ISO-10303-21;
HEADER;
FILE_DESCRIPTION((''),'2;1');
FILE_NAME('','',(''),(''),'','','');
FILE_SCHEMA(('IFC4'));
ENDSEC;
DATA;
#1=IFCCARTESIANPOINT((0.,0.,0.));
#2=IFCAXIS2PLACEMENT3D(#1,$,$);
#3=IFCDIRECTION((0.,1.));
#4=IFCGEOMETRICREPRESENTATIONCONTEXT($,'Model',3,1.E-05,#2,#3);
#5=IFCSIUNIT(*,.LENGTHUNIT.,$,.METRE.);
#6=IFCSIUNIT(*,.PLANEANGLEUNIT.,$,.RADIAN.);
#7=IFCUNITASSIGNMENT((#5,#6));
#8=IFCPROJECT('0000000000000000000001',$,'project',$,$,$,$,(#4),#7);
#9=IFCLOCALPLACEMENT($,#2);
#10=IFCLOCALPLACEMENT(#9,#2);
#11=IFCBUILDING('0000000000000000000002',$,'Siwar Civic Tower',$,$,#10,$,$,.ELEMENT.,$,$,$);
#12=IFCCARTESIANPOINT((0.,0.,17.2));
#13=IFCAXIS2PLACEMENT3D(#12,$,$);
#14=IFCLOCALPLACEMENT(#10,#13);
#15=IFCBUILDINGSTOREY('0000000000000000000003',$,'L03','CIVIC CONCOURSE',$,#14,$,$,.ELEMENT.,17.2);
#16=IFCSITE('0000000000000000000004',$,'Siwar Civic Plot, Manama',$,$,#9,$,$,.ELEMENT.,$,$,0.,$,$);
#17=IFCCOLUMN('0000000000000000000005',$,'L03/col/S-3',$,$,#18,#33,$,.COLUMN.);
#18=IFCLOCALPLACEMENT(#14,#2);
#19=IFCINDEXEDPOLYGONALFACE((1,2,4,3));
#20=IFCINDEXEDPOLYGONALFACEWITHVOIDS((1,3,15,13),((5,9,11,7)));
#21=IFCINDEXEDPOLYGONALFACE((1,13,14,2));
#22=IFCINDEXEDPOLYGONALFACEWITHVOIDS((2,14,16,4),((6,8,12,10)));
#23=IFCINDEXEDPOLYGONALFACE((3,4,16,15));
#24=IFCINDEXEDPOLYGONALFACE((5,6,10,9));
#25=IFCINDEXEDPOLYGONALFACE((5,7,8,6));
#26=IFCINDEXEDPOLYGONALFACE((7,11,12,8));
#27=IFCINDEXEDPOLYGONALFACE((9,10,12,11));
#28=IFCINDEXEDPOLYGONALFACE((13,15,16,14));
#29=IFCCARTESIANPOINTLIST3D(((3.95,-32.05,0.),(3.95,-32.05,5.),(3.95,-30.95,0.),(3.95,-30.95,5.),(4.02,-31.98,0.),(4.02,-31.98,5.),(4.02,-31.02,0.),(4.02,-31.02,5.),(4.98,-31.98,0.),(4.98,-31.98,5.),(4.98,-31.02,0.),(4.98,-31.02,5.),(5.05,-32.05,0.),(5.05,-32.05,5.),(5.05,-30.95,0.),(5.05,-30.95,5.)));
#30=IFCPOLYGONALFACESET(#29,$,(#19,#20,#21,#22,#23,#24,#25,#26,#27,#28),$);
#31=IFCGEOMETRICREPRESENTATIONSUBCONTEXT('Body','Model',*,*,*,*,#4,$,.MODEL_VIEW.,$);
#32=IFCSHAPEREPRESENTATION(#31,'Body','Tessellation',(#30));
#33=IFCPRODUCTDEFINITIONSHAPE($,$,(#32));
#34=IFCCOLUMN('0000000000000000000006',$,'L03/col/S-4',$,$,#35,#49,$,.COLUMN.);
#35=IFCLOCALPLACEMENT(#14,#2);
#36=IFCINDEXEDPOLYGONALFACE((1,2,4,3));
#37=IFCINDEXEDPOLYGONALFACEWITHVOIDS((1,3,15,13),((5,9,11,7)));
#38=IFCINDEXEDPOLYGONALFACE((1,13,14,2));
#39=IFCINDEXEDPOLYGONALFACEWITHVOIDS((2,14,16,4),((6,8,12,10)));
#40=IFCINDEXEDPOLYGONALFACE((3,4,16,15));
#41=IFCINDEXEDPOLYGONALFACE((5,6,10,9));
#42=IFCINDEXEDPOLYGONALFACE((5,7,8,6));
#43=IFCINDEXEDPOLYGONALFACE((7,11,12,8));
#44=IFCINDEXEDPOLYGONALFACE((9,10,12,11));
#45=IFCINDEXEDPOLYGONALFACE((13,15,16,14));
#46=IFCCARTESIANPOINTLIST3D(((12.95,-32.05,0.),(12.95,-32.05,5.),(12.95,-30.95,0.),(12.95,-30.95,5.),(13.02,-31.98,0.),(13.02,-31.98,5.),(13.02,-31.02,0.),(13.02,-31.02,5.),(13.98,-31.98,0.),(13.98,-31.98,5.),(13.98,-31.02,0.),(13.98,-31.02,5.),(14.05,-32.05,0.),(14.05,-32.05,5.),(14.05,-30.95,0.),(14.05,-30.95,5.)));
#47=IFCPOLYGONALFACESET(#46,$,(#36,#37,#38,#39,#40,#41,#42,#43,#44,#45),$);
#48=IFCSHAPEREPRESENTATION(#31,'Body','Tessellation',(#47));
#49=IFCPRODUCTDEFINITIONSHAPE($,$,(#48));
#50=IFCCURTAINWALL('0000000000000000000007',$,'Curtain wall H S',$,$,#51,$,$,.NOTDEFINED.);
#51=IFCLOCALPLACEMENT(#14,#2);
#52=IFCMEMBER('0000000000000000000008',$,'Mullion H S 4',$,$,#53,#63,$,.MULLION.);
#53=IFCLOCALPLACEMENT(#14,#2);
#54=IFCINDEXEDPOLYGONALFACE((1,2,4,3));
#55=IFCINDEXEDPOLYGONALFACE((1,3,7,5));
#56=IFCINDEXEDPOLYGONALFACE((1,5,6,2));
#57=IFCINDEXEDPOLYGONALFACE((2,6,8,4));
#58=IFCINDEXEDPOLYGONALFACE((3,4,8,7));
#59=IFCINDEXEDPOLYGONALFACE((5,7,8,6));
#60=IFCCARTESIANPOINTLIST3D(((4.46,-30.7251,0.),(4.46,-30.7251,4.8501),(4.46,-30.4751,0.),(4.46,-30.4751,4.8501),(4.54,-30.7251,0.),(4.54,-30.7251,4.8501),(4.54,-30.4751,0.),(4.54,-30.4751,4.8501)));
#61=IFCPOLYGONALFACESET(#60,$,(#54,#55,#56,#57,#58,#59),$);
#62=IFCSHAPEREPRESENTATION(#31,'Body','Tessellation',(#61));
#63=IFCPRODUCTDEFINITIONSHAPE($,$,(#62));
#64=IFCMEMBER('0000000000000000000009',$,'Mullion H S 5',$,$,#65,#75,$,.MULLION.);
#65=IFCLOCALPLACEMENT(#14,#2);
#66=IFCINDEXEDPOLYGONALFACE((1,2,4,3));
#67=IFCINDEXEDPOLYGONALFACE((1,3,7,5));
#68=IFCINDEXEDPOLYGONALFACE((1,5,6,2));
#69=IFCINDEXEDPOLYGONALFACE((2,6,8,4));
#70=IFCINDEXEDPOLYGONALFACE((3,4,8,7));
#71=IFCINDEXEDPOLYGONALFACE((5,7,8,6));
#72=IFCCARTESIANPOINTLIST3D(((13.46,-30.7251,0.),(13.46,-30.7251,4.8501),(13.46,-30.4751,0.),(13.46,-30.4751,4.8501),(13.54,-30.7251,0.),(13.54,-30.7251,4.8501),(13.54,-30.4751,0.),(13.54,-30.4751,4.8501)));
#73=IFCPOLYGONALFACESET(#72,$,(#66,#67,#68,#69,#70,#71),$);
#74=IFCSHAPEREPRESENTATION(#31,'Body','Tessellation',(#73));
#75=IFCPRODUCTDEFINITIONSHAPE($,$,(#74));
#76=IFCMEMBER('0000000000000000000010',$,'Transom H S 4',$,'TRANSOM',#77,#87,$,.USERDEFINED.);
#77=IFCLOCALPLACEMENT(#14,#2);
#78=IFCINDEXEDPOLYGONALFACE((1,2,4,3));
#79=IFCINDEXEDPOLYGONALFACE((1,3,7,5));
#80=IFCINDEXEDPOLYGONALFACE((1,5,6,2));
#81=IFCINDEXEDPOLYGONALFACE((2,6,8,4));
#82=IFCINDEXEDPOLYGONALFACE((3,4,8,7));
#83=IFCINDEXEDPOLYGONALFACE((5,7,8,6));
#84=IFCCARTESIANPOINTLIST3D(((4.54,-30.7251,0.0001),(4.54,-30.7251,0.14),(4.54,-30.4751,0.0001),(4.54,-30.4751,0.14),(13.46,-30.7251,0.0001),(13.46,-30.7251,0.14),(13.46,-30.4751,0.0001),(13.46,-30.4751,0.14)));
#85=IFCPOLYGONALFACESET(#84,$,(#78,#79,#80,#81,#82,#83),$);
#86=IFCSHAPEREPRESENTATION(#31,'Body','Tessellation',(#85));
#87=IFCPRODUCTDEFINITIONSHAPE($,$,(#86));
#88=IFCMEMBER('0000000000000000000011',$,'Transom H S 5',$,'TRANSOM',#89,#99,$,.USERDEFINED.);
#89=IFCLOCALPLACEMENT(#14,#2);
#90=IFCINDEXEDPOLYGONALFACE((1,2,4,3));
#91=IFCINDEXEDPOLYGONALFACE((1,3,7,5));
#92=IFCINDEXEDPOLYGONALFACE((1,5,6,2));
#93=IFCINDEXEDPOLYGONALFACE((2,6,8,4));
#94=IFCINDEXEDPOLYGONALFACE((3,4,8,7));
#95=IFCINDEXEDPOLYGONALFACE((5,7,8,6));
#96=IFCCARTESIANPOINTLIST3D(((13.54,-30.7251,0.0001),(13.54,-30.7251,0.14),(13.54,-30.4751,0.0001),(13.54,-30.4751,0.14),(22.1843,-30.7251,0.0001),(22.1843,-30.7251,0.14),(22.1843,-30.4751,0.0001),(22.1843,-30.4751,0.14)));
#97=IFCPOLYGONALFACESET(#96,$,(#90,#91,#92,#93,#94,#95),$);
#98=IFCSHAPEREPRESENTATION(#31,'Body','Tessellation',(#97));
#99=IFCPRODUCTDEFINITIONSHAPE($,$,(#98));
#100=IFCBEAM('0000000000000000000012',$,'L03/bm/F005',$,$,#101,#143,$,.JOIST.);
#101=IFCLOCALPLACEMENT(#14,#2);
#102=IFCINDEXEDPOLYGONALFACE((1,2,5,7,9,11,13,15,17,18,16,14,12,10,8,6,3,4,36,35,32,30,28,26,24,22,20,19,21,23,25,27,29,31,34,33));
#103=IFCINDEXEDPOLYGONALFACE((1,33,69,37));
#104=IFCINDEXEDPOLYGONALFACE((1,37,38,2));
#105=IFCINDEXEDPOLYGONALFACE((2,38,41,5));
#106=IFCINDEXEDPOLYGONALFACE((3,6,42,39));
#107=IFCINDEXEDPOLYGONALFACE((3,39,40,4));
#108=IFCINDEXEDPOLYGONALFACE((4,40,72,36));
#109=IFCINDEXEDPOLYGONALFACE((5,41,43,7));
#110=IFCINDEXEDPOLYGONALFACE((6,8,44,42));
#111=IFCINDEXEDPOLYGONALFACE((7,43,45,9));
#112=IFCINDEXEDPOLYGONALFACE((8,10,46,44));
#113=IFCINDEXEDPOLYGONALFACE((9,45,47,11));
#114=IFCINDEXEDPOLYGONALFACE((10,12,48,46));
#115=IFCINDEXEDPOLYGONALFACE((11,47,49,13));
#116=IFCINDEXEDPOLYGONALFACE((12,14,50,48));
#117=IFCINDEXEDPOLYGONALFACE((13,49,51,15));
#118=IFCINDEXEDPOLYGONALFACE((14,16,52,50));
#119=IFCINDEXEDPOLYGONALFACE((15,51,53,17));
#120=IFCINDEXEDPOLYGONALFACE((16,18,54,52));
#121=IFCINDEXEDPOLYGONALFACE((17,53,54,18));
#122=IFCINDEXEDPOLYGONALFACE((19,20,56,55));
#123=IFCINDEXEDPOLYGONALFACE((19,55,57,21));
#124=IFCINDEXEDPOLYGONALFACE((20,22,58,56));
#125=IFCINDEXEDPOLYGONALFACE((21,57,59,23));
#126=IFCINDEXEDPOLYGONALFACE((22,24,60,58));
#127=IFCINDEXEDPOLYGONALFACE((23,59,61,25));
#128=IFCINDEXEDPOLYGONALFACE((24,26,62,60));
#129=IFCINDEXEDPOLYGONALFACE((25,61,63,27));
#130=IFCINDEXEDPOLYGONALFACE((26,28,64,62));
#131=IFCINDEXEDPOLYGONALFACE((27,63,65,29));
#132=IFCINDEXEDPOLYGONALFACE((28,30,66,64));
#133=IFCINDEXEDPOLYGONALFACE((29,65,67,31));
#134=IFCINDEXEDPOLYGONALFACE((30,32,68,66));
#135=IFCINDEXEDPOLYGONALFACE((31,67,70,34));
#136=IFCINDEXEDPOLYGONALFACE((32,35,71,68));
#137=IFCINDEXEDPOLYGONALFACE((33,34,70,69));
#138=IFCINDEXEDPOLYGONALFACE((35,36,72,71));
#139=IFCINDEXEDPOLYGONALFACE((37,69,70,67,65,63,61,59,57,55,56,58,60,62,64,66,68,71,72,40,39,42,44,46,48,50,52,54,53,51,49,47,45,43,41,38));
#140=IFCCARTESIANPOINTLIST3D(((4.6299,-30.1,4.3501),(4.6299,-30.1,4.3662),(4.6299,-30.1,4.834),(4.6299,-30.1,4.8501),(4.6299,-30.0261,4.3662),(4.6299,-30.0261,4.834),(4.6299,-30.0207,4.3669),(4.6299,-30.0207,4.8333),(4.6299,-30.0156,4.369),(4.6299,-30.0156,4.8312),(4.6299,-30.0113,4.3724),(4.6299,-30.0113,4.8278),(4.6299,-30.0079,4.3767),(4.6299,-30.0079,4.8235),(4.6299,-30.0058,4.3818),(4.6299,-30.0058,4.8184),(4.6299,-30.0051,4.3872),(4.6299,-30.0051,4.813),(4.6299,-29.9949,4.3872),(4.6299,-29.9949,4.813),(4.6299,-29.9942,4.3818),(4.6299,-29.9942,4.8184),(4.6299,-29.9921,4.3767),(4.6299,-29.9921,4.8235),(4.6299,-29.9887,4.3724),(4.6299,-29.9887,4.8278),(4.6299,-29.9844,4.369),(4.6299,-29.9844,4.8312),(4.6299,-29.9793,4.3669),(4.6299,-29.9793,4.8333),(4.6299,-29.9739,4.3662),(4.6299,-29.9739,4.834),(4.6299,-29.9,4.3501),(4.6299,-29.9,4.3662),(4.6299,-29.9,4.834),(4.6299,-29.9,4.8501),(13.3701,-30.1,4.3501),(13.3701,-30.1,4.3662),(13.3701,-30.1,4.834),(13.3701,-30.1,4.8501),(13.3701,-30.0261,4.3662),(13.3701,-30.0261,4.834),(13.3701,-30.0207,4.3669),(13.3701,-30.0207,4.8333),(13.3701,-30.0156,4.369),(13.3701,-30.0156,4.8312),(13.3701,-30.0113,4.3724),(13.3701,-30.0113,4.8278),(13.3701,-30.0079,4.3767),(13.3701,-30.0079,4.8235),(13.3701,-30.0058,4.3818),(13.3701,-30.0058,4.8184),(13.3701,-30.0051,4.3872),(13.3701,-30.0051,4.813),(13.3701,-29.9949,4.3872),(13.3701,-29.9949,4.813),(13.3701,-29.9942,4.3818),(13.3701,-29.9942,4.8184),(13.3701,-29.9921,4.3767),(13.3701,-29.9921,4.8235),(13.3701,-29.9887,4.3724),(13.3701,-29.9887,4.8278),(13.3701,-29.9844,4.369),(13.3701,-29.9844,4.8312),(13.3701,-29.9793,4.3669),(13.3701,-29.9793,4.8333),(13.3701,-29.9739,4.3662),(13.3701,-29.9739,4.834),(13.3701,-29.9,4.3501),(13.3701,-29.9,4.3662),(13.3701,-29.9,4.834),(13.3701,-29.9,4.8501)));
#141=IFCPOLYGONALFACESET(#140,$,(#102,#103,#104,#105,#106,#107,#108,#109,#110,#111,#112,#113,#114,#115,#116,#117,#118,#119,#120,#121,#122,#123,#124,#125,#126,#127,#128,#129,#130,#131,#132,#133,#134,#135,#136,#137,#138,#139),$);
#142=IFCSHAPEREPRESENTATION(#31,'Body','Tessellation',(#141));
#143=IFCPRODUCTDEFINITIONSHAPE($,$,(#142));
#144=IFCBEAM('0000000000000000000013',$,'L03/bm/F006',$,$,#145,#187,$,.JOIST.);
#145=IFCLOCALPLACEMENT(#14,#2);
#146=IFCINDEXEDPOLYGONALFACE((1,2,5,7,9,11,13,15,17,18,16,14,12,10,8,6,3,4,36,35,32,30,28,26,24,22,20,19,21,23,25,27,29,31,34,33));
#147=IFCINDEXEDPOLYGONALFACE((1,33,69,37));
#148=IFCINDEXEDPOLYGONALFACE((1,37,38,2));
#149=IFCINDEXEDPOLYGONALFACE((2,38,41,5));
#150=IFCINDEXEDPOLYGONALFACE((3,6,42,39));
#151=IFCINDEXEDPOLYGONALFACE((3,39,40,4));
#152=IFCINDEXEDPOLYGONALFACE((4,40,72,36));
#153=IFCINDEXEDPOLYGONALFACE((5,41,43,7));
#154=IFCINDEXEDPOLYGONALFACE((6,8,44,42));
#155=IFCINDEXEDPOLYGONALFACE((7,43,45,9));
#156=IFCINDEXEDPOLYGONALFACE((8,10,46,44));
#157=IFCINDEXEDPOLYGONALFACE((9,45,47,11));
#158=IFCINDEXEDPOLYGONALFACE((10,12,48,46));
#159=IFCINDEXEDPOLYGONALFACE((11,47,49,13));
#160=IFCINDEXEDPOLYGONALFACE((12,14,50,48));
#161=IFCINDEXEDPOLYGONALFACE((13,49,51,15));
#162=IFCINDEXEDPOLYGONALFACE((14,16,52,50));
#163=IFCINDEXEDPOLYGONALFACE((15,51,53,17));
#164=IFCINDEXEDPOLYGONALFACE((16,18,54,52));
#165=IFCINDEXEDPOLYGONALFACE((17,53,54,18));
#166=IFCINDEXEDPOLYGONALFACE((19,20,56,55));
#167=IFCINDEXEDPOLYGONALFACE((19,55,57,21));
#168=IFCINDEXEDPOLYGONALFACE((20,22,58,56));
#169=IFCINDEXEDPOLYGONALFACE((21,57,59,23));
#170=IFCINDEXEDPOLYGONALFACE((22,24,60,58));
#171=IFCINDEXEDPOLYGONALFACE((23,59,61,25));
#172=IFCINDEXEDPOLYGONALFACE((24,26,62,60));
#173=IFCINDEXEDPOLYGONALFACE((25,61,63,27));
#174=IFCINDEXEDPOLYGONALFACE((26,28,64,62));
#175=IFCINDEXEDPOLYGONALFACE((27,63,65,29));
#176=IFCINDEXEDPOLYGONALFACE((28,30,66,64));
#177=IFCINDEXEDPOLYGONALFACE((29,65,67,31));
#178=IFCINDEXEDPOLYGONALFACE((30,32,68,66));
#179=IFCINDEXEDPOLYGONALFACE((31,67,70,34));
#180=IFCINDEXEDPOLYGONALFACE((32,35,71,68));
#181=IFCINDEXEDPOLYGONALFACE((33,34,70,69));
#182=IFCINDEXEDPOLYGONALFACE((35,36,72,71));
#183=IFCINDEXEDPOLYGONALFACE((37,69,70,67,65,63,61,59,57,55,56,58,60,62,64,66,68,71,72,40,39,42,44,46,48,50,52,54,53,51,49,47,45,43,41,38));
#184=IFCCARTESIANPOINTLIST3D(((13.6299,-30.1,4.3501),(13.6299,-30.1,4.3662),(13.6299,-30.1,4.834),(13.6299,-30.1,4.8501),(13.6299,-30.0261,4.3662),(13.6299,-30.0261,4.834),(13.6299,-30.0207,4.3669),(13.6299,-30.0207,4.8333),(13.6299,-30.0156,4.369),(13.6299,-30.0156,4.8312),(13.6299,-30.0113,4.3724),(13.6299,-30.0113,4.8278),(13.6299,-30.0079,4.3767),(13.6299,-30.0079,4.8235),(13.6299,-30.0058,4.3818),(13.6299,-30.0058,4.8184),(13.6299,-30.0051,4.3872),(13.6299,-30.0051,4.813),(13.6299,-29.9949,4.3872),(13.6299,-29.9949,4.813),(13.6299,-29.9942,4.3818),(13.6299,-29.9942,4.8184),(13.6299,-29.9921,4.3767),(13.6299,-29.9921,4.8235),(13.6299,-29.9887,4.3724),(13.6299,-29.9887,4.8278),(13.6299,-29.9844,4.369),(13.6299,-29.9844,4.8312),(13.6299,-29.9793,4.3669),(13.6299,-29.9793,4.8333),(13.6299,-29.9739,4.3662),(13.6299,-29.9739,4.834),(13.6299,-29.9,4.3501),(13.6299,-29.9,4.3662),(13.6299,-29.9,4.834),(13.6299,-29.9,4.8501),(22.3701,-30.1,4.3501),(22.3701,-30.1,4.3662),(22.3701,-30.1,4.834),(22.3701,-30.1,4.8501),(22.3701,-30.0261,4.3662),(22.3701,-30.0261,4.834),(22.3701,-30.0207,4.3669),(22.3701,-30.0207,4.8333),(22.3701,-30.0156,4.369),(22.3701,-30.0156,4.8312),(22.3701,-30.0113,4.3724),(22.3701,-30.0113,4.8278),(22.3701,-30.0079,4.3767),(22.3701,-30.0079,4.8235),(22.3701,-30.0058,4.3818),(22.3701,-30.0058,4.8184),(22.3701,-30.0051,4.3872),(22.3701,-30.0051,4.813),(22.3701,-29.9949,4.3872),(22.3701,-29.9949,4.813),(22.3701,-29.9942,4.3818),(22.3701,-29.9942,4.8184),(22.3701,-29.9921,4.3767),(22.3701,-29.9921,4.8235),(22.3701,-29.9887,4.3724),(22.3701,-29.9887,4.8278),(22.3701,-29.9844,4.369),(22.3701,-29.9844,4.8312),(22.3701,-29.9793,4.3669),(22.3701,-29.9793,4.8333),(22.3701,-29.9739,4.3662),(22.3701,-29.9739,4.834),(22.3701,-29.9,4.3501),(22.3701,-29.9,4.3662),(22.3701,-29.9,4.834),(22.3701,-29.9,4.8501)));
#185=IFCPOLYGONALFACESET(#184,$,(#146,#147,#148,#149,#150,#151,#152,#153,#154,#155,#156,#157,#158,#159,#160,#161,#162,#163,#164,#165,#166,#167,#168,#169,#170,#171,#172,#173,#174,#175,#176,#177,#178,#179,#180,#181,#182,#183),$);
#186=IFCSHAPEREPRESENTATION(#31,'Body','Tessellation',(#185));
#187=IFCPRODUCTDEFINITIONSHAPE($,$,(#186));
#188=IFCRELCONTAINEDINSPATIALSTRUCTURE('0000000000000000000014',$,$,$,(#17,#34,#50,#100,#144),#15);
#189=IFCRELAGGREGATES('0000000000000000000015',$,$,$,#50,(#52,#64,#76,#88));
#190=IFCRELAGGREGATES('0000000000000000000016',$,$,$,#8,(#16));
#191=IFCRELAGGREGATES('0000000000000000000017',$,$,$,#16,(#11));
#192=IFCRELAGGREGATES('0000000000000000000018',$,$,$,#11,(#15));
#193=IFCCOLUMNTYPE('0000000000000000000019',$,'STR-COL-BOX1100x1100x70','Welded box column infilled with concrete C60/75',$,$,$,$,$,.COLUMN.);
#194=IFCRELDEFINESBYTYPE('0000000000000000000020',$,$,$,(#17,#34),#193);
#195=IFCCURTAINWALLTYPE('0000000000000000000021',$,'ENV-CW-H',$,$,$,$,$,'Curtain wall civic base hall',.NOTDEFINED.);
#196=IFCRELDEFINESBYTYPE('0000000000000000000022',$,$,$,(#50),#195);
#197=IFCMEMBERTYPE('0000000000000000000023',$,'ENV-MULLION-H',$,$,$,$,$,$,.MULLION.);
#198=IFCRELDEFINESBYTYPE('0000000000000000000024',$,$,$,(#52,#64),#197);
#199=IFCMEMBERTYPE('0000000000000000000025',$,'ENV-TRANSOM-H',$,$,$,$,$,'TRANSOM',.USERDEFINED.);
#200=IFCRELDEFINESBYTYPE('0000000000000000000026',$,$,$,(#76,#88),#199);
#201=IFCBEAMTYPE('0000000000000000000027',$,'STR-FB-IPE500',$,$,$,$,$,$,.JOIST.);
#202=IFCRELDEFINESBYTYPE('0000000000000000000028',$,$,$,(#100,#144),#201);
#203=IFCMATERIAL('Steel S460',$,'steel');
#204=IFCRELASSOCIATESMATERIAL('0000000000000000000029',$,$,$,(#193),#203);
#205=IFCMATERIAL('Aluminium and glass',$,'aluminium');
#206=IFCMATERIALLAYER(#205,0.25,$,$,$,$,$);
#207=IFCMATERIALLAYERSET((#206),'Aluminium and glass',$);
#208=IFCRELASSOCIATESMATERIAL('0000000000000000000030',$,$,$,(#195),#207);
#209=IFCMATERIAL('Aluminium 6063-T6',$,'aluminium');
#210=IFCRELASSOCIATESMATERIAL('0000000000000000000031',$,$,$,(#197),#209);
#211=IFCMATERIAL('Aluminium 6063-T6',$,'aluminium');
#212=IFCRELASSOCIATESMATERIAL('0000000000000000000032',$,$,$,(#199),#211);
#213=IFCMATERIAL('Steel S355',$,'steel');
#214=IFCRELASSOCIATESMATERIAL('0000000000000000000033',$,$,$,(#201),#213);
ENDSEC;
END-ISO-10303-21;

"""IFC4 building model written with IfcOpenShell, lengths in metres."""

from ifc_helpers import new_model, si_unit, direction, frame, origin, origin_2d, place, context, subcontext, project, spatial, rectangle, hollow_rectangle, i_section, extrude, material, layer, layer_set, material_profile, profile_set, type_object, element, aggregate, save


model = new_model("IFC4")

# Units and contexts
model_context = context("Model", 3, precision=1e-05, world=origin(), true_north=direction((0.0, 1.0)))
body_context = subcontext(model_context, "Body", "Model", "MODEL_VIEW")
ifc_project = project(units=[si_unit("LENGTHUNIT", "METRE"), si_unit("PLANEANGLEUNIT", "RADIAN")], contexts=[model_context])

# Site, building, storey
site_placement = place(None, origin())
site = spatial("IfcSite", under=ifc_project, at=site_placement, Name="Siwar Civic Plot, Manama", CompositionType="ELEMENT", RefElevation=0.0)
building_placement = place(site_placement, origin())
building = spatial("IfcBuilding", under=site, at=building_placement, Name="Siwar Civic Tower", CompositionType="ELEMENT")
storey_placement = place(building_placement, frame((0.0, 0.0, 17.2)))
storey = spatial("IfcBuildingStorey", under=building, at=storey_placement, Name="L03", Description="CIVIC CONCOURSE", CompositionType="ELEMENT", Elevation=17.2)

# Columns
ifc_material_1 = material(Name="Steel S460", Category="steel")
ifc_material_profile_1 = material_profile(ifc_material_1, hollow_rectangle(XDim=1.1001, YDim=1.1001, WallThickness=0.0701, at=origin_2d()), Name="BOX1100x1100x70")
ifc_profile_set_1 = profile_set([ifc_material_profile_1], Name="Steel S460")
column_type = type_object("IfcColumnType", Name="STR-COL-BOX1100x1100x70", Description="Welded box column infilled with concrete C60/75", PredefinedType="COLUMN", material=ifc_profile_set_1)
for number, where, z_axis, x_axis, name in (
    (1, (4.5, -31.5, 0.0), (0.0, 0.0, 1.0), (1.0, 0.0, 0.0), "L03/col/S-3"),
    (2, (13.5, -31.5, 0.0), (0.0, 0.0, 1.0), (1.0, 0.0, 0.0), "L03/col/S-4"),
):
    element("IfcColumn", number, at=place(storey_placement, frame(where, z_axis=z_axis, x_axis=x_axis)), inside=storey, type_object=column_type, Name=name, PredefinedType="COLUMN", context=body_context, shape_type="SweptSolid", body=[
        extrude(hollow_rectangle(XDim=1.1001, YDim=1.1001, WallThickness=0.0701, at=origin_2d()), origin(), (0.0, 0.0, 1.0), 5.0),
    ])

# Curtain wall, members
ifc_material_2 = material(Name="Aluminium and glass", Category="aluminium")
ifc_layer_1 = layer(ifc_material_2, 0.25)
ifc_layer_set_1 = layer_set([ifc_layer_1], Name="Aluminium and glass")
curtain_wall_type = type_object("IfcCurtainWallType", Name="ENV-CW-H", ElementType="Curtain wall civic base hall", PredefinedType="NOTDEFINED", material=ifc_layer_set_1)
curtain_wall_placement = place(storey_placement, origin())
curtain_wall = element("IfcCurtainWall", 3, at=curtain_wall_placement, inside=storey, type_object=curtain_wall_type, Name="Curtain wall H S", PredefinedType="NOTDEFINED")
ifc_material_3 = material(Name="Aluminium 6063-T6", Category="aluminium")
ifc_material_profile_2 = material_profile(ifc_material_3, rectangle(XDim=0.25, YDim=0.0801, at=origin_2d()), Name="AL 250x80")
ifc_profile_set_2 = profile_set([ifc_material_profile_2], Name="Aluminium 6063-T6")
member_type_1 = type_object("IfcMemberType", Name="ENV-MULLION-H", PredefinedType="MULLION", material=ifc_profile_set_2)
member_1_placement = place(storey_placement, frame((4.5, -30.6001, 0.0), z_axis=(0.0, 0.0, 1.0), x_axis=(0.0, 1.0, 0.0)))
member_1 = element("IfcMember", 4, at=member_1_placement, type_object=member_type_1, Name="Mullion H S 4", PredefinedType="MULLION", context=body_context, shape_type="SweptSolid", body=[
    extrude(rectangle(XDim=0.25, YDim=0.0801, at=origin_2d()), origin(), (0.0, 0.0, 1.0), 4.8501),
])
member_2_placement = place(storey_placement, frame((13.5, -30.6001, 0.0), z_axis=(0.0, 0.0, 1.0), x_axis=(0.0, 1.0, 0.0)))
member_2 = element("IfcMember", 5, at=member_2_placement, type_object=member_type_1, Name="Mullion H S 5", PredefinedType="MULLION", context=body_context, shape_type="SweptSolid", body=[
    extrude(rectangle(XDim=0.25, YDim=0.0801, at=origin_2d()), origin(), (0.0, 0.0, 1.0), 4.8501),
])
ifc_material_4 = material(Name="Aluminium 6063-T6", Category="aluminium")
ifc_material_profile_3 = material_profile(ifc_material_4, rectangle(XDim=0.25, YDim=0.1399, at=origin_2d()), Name="AL 250x140")
ifc_profile_set_3 = profile_set([ifc_material_profile_3], Name="Aluminium 6063-T6")
member_type_2 = type_object("IfcMemberType", Name="ENV-TRANSOM-H", ElementType="TRANSOM", PredefinedType="USERDEFINED", material=ifc_profile_set_3)
member_3_placement = place(storey_placement, frame((4.54, -30.6001, 0.0701), z_axis=(1.0, 0.0, 0.0), x_axis=(0.0, 1.0, 0.0)))
member_3 = element("IfcMember", 6, at=member_3_placement, type_object=member_type_2, Name="Transom H S 4", ObjectType="TRANSOM", PredefinedType="USERDEFINED", context=body_context, shape_type="SweptSolid", body=[
    extrude(rectangle(XDim=0.25, YDim=0.1399, at=origin_2d()), origin(), (0.0, 0.0, 1.0), 8.9199),
])
member_4_placement = place(storey_placement, frame((13.54, -30.6001, 0.0701), z_axis=(1.0, 0.0, 0.0), x_axis=(0.0, 1.0, 0.0)))
member_4 = element("IfcMember", 7, at=member_4_placement, type_object=member_type_2, Name="Transom H S 5", ObjectType="TRANSOM", PredefinedType="USERDEFINED", context=body_context, shape_type="SweptSolid", body=[
    extrude(rectangle(XDim=0.25, YDim=0.1399, at=origin_2d()), origin(), (0.0, 0.0, 1.0), 8.6443),
])

# Beams
ifc_material_5 = material(Name="Steel S355", Category="steel")
ifc_material_profile_4 = material_profile(ifc_material_5, i_section(OverallWidth=0.2, OverallDepth=0.5, WebThickness=0.0103, FlangeThickness=0.0161, FilletRadius=0.021, at=origin_2d()), Name="IPE500")
ifc_profile_set_4 = profile_set([ifc_material_profile_4], Name="Steel S355")
beam_type_1 = type_object("IfcBeamType", Name="STR-FB-IPE500", PredefinedType="JOIST", material=ifc_profile_set_4)
for number, where, z_axis, x_axis, name in (
    (8, (4.6299, -30.0, 4.6001), (1.0, 0.0, 0.0), (0.0, 1.0, 0.0), "L03/bm/F005"),
    (9, (13.6299, -30.0, 4.6001), (1.0, 0.0, 0.0), (0.0, 1.0, 0.0), "L03/bm/F006"),
):
    element("IfcBeam", number, at=place(storey_placement, frame(where, z_axis=z_axis, x_axis=x_axis)), inside=storey, type_object=beam_type_1, Name=name, PredefinedType="JOIST", context=body_context, shape_type="SweptSolid", body=[
        extrude(i_section(OverallWidth=0.2, OverallDepth=0.5, WebThickness=0.0103, FlangeThickness=0.0161, FilletRadius=0.021, at=origin_2d()), origin(), (0.0, 0.0, 1.0), 8.7402),
    ])

aggregate(curtain_wall, [member_1, member_2, member_3, member_4])

save(model, "model.ifc")
